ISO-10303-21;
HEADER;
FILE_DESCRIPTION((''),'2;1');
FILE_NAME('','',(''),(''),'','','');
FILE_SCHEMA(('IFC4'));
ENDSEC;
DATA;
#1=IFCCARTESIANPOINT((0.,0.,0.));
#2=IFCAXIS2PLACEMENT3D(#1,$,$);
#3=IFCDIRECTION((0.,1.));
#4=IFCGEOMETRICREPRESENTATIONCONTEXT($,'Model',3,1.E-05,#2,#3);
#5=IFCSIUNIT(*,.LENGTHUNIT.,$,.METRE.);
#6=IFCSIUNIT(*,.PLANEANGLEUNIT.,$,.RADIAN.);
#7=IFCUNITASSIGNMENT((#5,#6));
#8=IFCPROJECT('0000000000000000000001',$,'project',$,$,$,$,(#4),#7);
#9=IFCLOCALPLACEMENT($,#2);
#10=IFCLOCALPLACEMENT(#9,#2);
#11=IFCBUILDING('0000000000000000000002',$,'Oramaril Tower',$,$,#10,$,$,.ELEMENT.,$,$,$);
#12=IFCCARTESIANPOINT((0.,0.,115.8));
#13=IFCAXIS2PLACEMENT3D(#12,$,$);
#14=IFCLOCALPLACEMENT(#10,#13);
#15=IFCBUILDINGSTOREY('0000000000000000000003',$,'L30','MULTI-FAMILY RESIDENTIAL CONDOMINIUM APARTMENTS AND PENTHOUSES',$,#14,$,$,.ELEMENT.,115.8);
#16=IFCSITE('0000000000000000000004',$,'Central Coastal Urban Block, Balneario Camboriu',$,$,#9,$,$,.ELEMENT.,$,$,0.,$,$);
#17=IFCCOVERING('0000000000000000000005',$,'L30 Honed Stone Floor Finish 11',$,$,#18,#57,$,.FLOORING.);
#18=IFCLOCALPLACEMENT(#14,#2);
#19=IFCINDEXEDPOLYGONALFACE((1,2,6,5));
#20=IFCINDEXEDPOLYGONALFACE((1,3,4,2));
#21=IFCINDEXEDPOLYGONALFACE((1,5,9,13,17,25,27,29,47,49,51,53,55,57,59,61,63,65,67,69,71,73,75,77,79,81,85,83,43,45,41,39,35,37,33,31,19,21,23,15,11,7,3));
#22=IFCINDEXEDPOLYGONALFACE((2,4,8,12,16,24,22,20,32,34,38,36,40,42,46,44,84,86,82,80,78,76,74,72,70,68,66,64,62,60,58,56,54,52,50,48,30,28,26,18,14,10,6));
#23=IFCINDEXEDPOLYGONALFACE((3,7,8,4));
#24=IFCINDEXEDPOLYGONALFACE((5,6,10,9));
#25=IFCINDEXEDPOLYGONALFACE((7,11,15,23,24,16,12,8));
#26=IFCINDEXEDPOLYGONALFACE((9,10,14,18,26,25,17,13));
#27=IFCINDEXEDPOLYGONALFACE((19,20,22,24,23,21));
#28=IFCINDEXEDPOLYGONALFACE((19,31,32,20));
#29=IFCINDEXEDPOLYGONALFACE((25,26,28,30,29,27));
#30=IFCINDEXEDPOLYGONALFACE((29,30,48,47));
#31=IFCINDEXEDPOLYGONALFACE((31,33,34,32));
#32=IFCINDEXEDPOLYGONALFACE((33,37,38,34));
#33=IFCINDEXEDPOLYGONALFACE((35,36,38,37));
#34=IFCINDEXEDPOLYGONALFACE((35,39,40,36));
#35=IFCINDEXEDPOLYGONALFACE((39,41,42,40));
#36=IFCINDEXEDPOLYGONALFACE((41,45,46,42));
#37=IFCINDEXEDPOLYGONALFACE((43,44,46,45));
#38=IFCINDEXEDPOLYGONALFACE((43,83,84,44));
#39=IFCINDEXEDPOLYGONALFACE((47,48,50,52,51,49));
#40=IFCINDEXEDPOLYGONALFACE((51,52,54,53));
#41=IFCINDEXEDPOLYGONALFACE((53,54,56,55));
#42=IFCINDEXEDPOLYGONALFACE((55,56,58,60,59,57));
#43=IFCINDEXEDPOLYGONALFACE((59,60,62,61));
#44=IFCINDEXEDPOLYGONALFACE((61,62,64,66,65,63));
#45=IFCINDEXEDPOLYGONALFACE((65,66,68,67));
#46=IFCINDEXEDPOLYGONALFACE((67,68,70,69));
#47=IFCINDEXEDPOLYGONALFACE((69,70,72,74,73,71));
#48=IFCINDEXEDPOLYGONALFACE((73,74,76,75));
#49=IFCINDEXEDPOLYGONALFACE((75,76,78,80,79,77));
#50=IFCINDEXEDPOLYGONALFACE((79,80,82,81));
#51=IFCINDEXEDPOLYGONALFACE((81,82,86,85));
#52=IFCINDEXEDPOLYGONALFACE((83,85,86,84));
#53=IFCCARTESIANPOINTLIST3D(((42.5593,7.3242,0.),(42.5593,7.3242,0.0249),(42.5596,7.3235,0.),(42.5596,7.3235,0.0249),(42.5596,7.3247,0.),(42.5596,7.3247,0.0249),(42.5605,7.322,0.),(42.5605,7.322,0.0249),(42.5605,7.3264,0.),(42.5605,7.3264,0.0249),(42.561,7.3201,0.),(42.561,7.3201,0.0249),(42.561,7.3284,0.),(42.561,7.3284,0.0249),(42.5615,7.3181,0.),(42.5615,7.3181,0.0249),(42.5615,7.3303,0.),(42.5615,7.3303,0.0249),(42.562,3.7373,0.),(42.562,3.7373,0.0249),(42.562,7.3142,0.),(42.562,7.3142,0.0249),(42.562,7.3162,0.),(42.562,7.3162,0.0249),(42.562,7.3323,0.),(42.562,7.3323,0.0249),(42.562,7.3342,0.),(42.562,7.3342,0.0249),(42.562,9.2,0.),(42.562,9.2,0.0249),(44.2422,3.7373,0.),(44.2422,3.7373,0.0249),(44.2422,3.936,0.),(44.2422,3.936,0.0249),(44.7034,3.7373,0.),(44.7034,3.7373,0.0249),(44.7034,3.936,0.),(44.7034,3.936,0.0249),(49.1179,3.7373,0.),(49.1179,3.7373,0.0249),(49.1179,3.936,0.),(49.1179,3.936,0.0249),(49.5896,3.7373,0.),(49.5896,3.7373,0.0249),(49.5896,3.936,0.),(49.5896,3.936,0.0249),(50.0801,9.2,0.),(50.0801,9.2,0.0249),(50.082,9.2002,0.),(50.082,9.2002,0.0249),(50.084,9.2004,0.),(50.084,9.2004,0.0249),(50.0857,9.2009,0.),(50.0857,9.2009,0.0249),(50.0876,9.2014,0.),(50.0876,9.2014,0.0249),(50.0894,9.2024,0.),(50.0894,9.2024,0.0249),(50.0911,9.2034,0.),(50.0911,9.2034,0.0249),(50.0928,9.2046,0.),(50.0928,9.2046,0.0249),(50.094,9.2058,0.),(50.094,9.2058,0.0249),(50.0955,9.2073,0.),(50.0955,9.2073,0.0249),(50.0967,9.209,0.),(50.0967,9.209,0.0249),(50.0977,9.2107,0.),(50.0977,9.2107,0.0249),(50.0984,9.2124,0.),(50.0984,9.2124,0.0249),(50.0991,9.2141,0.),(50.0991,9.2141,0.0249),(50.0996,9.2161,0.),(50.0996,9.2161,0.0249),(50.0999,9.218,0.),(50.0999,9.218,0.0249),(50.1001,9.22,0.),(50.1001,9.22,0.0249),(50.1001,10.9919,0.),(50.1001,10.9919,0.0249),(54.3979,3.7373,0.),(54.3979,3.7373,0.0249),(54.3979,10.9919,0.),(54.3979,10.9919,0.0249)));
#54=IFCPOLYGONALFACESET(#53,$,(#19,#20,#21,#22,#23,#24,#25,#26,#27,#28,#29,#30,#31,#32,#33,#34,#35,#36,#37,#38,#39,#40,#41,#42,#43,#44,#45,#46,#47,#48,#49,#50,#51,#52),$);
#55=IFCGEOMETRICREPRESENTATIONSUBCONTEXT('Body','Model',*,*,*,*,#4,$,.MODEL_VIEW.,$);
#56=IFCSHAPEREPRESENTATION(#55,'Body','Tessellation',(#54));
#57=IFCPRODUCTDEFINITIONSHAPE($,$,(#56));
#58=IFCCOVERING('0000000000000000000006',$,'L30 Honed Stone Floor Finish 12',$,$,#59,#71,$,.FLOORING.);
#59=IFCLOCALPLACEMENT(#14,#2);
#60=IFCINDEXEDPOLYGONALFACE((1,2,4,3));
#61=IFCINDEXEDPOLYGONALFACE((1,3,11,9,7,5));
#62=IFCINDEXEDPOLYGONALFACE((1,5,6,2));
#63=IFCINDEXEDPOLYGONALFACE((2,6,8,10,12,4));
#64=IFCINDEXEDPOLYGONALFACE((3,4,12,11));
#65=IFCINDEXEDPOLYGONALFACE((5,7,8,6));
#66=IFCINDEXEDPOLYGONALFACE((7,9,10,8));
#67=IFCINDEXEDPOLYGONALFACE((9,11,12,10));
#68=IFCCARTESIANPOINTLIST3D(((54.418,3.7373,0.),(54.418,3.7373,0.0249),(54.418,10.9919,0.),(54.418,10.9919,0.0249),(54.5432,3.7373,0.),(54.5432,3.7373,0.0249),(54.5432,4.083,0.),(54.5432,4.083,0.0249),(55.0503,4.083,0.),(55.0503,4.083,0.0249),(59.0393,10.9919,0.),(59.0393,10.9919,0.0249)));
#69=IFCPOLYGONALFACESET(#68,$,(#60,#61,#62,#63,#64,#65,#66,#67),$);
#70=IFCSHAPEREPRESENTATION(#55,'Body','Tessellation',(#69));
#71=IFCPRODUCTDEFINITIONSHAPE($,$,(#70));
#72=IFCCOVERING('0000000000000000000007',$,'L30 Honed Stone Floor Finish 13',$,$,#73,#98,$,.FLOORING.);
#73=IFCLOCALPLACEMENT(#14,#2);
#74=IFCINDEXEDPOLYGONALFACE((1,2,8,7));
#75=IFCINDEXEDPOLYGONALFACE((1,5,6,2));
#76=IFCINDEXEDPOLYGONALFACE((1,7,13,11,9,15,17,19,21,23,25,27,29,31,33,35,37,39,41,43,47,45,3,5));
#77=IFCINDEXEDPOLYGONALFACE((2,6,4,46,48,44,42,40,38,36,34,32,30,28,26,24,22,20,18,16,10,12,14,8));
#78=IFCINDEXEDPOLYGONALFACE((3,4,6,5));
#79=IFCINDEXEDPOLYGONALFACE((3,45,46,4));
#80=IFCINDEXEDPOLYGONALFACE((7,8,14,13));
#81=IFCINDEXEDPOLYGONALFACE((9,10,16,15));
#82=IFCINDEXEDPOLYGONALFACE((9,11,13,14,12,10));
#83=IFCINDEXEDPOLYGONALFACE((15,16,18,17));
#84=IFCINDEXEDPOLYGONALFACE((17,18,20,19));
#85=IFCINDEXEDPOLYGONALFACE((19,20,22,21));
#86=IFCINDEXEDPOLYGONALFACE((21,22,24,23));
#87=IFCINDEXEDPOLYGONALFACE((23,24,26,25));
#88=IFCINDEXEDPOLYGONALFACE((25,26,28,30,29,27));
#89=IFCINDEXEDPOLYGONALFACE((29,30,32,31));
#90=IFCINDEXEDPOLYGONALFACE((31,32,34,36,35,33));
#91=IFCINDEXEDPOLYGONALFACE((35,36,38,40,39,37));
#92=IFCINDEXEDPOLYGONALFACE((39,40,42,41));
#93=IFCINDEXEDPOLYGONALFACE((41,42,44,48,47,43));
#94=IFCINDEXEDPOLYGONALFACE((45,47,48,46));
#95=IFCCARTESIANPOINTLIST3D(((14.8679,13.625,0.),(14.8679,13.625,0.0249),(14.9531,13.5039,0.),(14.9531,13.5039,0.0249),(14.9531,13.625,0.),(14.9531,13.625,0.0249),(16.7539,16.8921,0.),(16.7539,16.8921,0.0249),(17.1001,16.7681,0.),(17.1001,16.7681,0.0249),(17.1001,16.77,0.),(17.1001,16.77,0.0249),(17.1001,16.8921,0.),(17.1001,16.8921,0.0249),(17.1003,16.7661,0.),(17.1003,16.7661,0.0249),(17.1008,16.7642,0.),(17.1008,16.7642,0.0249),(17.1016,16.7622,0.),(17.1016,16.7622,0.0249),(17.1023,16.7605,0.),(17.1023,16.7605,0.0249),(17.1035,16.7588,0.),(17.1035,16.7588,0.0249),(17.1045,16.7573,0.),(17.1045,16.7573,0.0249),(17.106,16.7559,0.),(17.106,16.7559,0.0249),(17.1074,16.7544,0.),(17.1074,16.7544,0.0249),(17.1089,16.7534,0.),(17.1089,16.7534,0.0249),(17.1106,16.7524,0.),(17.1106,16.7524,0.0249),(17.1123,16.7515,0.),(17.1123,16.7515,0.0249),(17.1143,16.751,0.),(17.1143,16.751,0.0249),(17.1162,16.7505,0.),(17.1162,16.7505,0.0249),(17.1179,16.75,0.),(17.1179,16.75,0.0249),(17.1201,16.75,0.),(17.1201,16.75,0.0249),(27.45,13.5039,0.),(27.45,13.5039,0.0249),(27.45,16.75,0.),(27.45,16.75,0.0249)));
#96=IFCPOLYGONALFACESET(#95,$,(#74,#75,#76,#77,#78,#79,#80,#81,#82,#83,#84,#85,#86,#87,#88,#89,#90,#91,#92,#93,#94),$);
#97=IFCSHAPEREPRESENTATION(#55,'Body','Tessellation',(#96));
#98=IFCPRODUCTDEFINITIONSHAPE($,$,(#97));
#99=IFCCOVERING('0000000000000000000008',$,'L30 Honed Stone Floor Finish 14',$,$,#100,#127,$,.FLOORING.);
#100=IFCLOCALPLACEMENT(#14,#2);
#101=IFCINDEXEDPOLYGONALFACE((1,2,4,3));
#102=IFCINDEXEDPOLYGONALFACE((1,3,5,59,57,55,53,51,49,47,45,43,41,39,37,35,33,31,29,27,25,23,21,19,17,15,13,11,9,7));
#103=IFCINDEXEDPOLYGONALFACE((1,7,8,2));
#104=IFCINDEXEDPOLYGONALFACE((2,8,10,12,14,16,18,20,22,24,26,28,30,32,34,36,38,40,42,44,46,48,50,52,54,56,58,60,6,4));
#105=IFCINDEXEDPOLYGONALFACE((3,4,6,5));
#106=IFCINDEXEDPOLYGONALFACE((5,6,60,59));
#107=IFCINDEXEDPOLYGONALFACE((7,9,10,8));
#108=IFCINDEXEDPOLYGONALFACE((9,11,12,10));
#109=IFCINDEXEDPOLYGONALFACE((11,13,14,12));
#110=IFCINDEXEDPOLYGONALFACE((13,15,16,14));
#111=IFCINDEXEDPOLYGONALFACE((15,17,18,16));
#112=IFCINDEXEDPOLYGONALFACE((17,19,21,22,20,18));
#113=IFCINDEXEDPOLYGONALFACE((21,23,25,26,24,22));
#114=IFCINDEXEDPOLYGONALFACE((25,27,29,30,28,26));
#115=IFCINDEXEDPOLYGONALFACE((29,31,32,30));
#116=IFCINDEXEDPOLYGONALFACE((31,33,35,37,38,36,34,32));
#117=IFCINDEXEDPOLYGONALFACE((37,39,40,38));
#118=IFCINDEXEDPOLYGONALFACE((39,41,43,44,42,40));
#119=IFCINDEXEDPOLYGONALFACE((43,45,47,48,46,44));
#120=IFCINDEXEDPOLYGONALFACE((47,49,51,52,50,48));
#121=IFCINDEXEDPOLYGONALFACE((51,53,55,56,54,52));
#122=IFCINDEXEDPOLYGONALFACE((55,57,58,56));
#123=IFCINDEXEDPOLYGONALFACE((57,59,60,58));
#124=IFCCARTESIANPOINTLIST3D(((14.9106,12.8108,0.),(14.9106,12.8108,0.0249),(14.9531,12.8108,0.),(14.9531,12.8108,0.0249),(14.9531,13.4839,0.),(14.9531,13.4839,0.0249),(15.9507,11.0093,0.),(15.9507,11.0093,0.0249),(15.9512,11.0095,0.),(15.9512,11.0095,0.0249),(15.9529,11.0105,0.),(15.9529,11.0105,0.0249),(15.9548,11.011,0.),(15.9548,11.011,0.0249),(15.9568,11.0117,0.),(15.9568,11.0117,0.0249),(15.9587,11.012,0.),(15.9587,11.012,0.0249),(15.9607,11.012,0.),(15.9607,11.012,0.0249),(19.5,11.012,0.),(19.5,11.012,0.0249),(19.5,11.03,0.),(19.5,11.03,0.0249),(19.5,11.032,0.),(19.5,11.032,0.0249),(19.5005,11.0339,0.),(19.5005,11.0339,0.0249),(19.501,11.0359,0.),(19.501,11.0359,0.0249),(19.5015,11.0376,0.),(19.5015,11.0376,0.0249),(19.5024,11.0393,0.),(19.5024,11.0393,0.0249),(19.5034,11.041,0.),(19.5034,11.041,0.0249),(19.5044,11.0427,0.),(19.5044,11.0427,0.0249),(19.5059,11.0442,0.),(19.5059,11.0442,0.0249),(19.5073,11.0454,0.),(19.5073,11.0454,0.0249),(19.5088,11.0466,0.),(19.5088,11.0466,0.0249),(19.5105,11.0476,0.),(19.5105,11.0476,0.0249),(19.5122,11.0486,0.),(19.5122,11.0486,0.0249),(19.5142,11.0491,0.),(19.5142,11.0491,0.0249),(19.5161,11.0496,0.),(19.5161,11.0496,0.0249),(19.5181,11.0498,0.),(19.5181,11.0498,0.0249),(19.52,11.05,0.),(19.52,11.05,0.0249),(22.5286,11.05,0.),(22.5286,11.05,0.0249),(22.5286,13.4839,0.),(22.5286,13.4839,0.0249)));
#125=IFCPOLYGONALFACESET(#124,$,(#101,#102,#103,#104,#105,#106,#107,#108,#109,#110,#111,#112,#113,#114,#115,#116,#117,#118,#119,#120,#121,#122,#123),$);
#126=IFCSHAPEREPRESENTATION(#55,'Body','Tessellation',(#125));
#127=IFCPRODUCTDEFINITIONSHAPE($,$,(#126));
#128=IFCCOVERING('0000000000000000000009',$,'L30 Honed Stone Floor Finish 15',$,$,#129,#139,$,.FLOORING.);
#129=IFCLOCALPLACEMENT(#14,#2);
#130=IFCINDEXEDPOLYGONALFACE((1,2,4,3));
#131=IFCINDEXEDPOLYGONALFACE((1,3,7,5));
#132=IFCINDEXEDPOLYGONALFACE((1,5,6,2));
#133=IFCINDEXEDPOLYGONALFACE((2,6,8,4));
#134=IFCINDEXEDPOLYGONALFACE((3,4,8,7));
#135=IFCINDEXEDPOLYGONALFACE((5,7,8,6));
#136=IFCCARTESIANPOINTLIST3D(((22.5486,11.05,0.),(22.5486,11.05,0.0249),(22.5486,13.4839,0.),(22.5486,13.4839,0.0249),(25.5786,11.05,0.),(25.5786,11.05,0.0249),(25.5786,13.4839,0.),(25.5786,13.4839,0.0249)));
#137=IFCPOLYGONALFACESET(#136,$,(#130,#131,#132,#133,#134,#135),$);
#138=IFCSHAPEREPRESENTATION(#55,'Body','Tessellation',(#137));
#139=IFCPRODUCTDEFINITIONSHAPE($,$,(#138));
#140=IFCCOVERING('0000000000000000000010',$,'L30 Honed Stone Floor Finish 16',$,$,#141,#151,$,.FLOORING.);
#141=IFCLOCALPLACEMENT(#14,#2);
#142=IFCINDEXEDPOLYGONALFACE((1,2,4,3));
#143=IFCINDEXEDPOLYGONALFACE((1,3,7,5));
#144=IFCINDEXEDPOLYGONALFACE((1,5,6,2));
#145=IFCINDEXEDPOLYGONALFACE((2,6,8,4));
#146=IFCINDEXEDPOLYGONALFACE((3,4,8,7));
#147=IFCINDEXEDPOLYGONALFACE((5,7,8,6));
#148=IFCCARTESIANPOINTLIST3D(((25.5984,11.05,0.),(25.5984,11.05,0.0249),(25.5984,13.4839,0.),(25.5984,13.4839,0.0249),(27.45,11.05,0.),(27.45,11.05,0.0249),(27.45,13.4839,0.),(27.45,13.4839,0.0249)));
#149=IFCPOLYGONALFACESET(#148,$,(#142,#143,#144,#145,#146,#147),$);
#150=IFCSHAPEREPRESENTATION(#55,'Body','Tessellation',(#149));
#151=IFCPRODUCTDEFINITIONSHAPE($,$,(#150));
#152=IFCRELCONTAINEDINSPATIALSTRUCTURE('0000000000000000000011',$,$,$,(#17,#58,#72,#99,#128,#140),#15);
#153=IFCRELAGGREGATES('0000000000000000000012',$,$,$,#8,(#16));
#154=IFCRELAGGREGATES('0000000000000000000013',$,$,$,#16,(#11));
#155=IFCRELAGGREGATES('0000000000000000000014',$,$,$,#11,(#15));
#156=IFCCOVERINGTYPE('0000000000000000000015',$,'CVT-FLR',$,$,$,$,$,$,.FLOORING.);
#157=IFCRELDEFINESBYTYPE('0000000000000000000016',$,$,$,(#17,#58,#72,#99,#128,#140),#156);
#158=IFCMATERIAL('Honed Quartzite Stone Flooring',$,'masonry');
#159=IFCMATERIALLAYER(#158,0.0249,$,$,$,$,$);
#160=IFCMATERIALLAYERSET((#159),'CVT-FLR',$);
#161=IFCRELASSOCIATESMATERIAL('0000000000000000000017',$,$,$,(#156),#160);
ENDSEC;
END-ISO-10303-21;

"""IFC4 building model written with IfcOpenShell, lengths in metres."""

from ifc_helpers import new_model, si_unit, direction, frame, origin, place, context, subcontext, project, spatial, polyline, outline, extrude, material, layer, layer_set, type_object, element, save


model = new_model("IFC4")

# Units and contexts
model_context = context("Model", 3, precision=1e-05, world=origin(), true_north=direction((0.0, 1.0)))
body_context = subcontext(model_context, "Body", "Model", "MODEL_VIEW")
ifc_project = project(units=[si_unit("LENGTHUNIT", "METRE"), si_unit("PLANEANGLEUNIT", "RADIAN")], contexts=[model_context])

# Site, building, storey
site_placement = place(None, origin())
site = spatial("IfcSite", under=ifc_project, at=site_placement, Name="Central Coastal Urban Block, Balneario Camboriu", CompositionType="ELEMENT", RefElevation=0.0)
building_placement = place(site_placement, origin())
building = spatial("IfcBuilding", under=site, at=building_placement, Name="Oramaril Tower", CompositionType="ELEMENT")
storey_placement = place(building_placement, frame((0.0, 0.0, 115.8)))
storey = spatial("IfcBuildingStorey", under=building, at=storey_placement, Name="L30", Description="MULTI-FAMILY RESIDENTIAL CONDOMINIUM APARTMENTS AND PENTHOUSES", CompositionType="ELEMENT", Elevation=115.8)

# Coverings
ifc_material_1 = material(Name="Honed Quartzite Stone Flooring", Category="masonry")
ifc_layer_1 = layer(ifc_material_1, 0.0249)
ifc_layer_set_1 = layer_set([ifc_layer_1], Name="CVT-FLR")
covering_type_1 = type_object("IfcCoveringType", Name="CVT-FLR", PredefinedType="FLOORING", material=ifc_layer_set_1)
covering_1_placement = place(storey_placement, origin())
element("IfcCovering", 1, at=covering_1_placement, inside=storey, type_object=covering_type_1, Name="L30 Honed Stone Floor Finish 11", PredefinedType="FLOORING", context=body_context, shape_type="SweptSolid", body=[
    extrude(outline(polyline([(54.3979, 10.9919), (54.3979, 3.7373), (49.5896, 3.7373), (49.5896, 3.936), (49.1179, 3.936), (49.1179, 3.7373), (44.7034, 3.7373), (44.7034, 3.936), (44.2422, 3.936), (44.2422, 3.7373), (42.562, 3.7373), (42.562, 7.3142), (42.562, 7.3162), (42.5615, 7.3181), (42.561, 7.3201), (42.5605, 7.322), (42.5596, 7.3235), (42.5593, 7.3242), (42.5596, 7.3247), (42.5605, 7.3264), (42.561, 7.3284), (42.5615, 7.3303), (42.562, 7.3323), (42.562, 7.3342), (42.562, 9.2), (50.0801, 9.2), (50.082, 9.2002), (50.084, 9.2004), (50.0857, 9.2009), (50.0876, 9.2014), (50.0894, 9.2024), (50.0911, 9.2034), (50.0928, 9.2046), (50.094, 9.2058), (50.0955, 9.2073), (50.0967, 9.209), (50.0977, 9.2107), (50.0984, 9.2124), (50.0991, 9.2141), (50.0996, 9.2161), (50.0999, 9.218), (50.1001, 9.22), (50.1001, 10.9919), (54.3979, 10.9919)])), origin(), (0.0, 0.0, 1.0), 0.0249),
])
covering_2_placement = place(storey_placement, origin())
element("IfcCovering", 2, at=covering_2_placement, inside=storey, type_object=covering_type_1, Name="L30 Honed Stone Floor Finish 12", PredefinedType="FLOORING", context=body_context, shape_type="SweptSolid", body=[
    extrude(outline(polyline([(54.5432, 4.083), (54.5432, 3.7373), (54.418, 3.7373), (54.418, 10.9919), (59.0393, 10.9919), (55.0503, 4.083), (54.5432, 4.083)])), origin(), (0.0, 0.0, 1.0), 0.0249),
])
covering_3_placement = place(storey_placement, origin())
element("IfcCovering", 3, at=covering_3_placement, inside=storey, type_object=covering_type_1, Name="L30 Honed Stone Floor Finish 13", PredefinedType="FLOORING", context=body_context, shape_type="SweptSolid", body=[
    extrude(outline(polyline([(14.9531, 13.5039), (14.9531, 13.625), (14.8679, 13.625), (16.7539, 16.8921), (17.1001, 16.8921), (17.1001, 16.77), (17.1001, 16.7681), (17.1003, 16.7661), (17.1008, 16.7642), (17.1016, 16.7622), (17.1023, 16.7605), (17.1035, 16.7588), (17.1045, 16.7573), (17.106, 16.7559), (17.1074, 16.7544), (17.1089, 16.7534), (17.1106, 16.7524), (17.1123, 16.7515), (17.1143, 16.751), (17.1162, 16.7505), (17.1179, 16.75), (17.1201, 16.75), (27.45, 16.75), (27.45, 13.5039), (14.9531, 13.5039)])), origin(), (0.0, 0.0, 1.0), 0.0249),
])
covering_4_placement = place(storey_placement, origin())
element("IfcCovering", 4, at=covering_4_placement, inside=storey, type_object=covering_type_1, Name="L30 Honed Stone Floor Finish 14", PredefinedType="FLOORING", context=body_context, shape_type="SweptSolid", body=[
    extrude(outline(polyline([(14.9106, 12.8108), (14.9531, 12.8108), (14.9531, 13.4839), (22.5286, 13.4839), (22.5286, 11.05), (19.52, 11.05), (19.5181, 11.0498), (19.5161, 11.0496), (19.5142, 11.0491), (19.5122, 11.0486), (19.5105, 11.0476), (19.5088, 11.0466), (19.5073, 11.0454), (19.5059, 11.0442), (19.5044, 11.0427), (19.5034, 11.041), (19.5024, 11.0393), (19.5015, 11.0376), (19.501, 11.0359), (19.5005, 11.0339), (19.5, 11.032), (19.5, 11.03), (19.5, 11.012), (15.9607, 11.012), (15.9587, 11.012), (15.9568, 11.0117), (15.9548, 11.011), (15.9529, 11.0105), (15.9512, 11.0095), (15.9507, 11.0093), (14.9106, 12.8108)])), origin(), (0.0, 0.0, 1.0), 0.0249),
])
covering_5_placement = place(storey_placement, origin())
element("IfcCovering", 5, at=covering_5_placement, inside=storey, type_object=covering_type_1, Name="L30 Honed Stone Floor Finish 15", PredefinedType="FLOORING", context=body_context, shape_type="SweptSolid", body=[
    extrude(outline(polyline([(25.5786, 11.05), (22.5486, 11.05), (22.5486, 13.4839), (25.5786, 13.4839), (25.5786, 11.05)])), origin(), (0.0, 0.0, 1.0), 0.0249),
])
covering_6_placement = place(storey_placement, origin())
element("IfcCovering", 6, at=covering_6_placement, inside=storey, type_object=covering_type_1, Name="L30 Honed Stone Floor Finish 16", PredefinedType="FLOORING", context=body_context, shape_type="SweptSolid", body=[
    extrude(outline(polyline([(25.5984, 13.4839), (27.45, 13.4839), (27.45, 11.05), (25.5984, 11.05), (25.5984, 13.4839)])), origin(), (0.0, 0.0, 1.0), 0.0249),
])

save(model, "model.ifc")
